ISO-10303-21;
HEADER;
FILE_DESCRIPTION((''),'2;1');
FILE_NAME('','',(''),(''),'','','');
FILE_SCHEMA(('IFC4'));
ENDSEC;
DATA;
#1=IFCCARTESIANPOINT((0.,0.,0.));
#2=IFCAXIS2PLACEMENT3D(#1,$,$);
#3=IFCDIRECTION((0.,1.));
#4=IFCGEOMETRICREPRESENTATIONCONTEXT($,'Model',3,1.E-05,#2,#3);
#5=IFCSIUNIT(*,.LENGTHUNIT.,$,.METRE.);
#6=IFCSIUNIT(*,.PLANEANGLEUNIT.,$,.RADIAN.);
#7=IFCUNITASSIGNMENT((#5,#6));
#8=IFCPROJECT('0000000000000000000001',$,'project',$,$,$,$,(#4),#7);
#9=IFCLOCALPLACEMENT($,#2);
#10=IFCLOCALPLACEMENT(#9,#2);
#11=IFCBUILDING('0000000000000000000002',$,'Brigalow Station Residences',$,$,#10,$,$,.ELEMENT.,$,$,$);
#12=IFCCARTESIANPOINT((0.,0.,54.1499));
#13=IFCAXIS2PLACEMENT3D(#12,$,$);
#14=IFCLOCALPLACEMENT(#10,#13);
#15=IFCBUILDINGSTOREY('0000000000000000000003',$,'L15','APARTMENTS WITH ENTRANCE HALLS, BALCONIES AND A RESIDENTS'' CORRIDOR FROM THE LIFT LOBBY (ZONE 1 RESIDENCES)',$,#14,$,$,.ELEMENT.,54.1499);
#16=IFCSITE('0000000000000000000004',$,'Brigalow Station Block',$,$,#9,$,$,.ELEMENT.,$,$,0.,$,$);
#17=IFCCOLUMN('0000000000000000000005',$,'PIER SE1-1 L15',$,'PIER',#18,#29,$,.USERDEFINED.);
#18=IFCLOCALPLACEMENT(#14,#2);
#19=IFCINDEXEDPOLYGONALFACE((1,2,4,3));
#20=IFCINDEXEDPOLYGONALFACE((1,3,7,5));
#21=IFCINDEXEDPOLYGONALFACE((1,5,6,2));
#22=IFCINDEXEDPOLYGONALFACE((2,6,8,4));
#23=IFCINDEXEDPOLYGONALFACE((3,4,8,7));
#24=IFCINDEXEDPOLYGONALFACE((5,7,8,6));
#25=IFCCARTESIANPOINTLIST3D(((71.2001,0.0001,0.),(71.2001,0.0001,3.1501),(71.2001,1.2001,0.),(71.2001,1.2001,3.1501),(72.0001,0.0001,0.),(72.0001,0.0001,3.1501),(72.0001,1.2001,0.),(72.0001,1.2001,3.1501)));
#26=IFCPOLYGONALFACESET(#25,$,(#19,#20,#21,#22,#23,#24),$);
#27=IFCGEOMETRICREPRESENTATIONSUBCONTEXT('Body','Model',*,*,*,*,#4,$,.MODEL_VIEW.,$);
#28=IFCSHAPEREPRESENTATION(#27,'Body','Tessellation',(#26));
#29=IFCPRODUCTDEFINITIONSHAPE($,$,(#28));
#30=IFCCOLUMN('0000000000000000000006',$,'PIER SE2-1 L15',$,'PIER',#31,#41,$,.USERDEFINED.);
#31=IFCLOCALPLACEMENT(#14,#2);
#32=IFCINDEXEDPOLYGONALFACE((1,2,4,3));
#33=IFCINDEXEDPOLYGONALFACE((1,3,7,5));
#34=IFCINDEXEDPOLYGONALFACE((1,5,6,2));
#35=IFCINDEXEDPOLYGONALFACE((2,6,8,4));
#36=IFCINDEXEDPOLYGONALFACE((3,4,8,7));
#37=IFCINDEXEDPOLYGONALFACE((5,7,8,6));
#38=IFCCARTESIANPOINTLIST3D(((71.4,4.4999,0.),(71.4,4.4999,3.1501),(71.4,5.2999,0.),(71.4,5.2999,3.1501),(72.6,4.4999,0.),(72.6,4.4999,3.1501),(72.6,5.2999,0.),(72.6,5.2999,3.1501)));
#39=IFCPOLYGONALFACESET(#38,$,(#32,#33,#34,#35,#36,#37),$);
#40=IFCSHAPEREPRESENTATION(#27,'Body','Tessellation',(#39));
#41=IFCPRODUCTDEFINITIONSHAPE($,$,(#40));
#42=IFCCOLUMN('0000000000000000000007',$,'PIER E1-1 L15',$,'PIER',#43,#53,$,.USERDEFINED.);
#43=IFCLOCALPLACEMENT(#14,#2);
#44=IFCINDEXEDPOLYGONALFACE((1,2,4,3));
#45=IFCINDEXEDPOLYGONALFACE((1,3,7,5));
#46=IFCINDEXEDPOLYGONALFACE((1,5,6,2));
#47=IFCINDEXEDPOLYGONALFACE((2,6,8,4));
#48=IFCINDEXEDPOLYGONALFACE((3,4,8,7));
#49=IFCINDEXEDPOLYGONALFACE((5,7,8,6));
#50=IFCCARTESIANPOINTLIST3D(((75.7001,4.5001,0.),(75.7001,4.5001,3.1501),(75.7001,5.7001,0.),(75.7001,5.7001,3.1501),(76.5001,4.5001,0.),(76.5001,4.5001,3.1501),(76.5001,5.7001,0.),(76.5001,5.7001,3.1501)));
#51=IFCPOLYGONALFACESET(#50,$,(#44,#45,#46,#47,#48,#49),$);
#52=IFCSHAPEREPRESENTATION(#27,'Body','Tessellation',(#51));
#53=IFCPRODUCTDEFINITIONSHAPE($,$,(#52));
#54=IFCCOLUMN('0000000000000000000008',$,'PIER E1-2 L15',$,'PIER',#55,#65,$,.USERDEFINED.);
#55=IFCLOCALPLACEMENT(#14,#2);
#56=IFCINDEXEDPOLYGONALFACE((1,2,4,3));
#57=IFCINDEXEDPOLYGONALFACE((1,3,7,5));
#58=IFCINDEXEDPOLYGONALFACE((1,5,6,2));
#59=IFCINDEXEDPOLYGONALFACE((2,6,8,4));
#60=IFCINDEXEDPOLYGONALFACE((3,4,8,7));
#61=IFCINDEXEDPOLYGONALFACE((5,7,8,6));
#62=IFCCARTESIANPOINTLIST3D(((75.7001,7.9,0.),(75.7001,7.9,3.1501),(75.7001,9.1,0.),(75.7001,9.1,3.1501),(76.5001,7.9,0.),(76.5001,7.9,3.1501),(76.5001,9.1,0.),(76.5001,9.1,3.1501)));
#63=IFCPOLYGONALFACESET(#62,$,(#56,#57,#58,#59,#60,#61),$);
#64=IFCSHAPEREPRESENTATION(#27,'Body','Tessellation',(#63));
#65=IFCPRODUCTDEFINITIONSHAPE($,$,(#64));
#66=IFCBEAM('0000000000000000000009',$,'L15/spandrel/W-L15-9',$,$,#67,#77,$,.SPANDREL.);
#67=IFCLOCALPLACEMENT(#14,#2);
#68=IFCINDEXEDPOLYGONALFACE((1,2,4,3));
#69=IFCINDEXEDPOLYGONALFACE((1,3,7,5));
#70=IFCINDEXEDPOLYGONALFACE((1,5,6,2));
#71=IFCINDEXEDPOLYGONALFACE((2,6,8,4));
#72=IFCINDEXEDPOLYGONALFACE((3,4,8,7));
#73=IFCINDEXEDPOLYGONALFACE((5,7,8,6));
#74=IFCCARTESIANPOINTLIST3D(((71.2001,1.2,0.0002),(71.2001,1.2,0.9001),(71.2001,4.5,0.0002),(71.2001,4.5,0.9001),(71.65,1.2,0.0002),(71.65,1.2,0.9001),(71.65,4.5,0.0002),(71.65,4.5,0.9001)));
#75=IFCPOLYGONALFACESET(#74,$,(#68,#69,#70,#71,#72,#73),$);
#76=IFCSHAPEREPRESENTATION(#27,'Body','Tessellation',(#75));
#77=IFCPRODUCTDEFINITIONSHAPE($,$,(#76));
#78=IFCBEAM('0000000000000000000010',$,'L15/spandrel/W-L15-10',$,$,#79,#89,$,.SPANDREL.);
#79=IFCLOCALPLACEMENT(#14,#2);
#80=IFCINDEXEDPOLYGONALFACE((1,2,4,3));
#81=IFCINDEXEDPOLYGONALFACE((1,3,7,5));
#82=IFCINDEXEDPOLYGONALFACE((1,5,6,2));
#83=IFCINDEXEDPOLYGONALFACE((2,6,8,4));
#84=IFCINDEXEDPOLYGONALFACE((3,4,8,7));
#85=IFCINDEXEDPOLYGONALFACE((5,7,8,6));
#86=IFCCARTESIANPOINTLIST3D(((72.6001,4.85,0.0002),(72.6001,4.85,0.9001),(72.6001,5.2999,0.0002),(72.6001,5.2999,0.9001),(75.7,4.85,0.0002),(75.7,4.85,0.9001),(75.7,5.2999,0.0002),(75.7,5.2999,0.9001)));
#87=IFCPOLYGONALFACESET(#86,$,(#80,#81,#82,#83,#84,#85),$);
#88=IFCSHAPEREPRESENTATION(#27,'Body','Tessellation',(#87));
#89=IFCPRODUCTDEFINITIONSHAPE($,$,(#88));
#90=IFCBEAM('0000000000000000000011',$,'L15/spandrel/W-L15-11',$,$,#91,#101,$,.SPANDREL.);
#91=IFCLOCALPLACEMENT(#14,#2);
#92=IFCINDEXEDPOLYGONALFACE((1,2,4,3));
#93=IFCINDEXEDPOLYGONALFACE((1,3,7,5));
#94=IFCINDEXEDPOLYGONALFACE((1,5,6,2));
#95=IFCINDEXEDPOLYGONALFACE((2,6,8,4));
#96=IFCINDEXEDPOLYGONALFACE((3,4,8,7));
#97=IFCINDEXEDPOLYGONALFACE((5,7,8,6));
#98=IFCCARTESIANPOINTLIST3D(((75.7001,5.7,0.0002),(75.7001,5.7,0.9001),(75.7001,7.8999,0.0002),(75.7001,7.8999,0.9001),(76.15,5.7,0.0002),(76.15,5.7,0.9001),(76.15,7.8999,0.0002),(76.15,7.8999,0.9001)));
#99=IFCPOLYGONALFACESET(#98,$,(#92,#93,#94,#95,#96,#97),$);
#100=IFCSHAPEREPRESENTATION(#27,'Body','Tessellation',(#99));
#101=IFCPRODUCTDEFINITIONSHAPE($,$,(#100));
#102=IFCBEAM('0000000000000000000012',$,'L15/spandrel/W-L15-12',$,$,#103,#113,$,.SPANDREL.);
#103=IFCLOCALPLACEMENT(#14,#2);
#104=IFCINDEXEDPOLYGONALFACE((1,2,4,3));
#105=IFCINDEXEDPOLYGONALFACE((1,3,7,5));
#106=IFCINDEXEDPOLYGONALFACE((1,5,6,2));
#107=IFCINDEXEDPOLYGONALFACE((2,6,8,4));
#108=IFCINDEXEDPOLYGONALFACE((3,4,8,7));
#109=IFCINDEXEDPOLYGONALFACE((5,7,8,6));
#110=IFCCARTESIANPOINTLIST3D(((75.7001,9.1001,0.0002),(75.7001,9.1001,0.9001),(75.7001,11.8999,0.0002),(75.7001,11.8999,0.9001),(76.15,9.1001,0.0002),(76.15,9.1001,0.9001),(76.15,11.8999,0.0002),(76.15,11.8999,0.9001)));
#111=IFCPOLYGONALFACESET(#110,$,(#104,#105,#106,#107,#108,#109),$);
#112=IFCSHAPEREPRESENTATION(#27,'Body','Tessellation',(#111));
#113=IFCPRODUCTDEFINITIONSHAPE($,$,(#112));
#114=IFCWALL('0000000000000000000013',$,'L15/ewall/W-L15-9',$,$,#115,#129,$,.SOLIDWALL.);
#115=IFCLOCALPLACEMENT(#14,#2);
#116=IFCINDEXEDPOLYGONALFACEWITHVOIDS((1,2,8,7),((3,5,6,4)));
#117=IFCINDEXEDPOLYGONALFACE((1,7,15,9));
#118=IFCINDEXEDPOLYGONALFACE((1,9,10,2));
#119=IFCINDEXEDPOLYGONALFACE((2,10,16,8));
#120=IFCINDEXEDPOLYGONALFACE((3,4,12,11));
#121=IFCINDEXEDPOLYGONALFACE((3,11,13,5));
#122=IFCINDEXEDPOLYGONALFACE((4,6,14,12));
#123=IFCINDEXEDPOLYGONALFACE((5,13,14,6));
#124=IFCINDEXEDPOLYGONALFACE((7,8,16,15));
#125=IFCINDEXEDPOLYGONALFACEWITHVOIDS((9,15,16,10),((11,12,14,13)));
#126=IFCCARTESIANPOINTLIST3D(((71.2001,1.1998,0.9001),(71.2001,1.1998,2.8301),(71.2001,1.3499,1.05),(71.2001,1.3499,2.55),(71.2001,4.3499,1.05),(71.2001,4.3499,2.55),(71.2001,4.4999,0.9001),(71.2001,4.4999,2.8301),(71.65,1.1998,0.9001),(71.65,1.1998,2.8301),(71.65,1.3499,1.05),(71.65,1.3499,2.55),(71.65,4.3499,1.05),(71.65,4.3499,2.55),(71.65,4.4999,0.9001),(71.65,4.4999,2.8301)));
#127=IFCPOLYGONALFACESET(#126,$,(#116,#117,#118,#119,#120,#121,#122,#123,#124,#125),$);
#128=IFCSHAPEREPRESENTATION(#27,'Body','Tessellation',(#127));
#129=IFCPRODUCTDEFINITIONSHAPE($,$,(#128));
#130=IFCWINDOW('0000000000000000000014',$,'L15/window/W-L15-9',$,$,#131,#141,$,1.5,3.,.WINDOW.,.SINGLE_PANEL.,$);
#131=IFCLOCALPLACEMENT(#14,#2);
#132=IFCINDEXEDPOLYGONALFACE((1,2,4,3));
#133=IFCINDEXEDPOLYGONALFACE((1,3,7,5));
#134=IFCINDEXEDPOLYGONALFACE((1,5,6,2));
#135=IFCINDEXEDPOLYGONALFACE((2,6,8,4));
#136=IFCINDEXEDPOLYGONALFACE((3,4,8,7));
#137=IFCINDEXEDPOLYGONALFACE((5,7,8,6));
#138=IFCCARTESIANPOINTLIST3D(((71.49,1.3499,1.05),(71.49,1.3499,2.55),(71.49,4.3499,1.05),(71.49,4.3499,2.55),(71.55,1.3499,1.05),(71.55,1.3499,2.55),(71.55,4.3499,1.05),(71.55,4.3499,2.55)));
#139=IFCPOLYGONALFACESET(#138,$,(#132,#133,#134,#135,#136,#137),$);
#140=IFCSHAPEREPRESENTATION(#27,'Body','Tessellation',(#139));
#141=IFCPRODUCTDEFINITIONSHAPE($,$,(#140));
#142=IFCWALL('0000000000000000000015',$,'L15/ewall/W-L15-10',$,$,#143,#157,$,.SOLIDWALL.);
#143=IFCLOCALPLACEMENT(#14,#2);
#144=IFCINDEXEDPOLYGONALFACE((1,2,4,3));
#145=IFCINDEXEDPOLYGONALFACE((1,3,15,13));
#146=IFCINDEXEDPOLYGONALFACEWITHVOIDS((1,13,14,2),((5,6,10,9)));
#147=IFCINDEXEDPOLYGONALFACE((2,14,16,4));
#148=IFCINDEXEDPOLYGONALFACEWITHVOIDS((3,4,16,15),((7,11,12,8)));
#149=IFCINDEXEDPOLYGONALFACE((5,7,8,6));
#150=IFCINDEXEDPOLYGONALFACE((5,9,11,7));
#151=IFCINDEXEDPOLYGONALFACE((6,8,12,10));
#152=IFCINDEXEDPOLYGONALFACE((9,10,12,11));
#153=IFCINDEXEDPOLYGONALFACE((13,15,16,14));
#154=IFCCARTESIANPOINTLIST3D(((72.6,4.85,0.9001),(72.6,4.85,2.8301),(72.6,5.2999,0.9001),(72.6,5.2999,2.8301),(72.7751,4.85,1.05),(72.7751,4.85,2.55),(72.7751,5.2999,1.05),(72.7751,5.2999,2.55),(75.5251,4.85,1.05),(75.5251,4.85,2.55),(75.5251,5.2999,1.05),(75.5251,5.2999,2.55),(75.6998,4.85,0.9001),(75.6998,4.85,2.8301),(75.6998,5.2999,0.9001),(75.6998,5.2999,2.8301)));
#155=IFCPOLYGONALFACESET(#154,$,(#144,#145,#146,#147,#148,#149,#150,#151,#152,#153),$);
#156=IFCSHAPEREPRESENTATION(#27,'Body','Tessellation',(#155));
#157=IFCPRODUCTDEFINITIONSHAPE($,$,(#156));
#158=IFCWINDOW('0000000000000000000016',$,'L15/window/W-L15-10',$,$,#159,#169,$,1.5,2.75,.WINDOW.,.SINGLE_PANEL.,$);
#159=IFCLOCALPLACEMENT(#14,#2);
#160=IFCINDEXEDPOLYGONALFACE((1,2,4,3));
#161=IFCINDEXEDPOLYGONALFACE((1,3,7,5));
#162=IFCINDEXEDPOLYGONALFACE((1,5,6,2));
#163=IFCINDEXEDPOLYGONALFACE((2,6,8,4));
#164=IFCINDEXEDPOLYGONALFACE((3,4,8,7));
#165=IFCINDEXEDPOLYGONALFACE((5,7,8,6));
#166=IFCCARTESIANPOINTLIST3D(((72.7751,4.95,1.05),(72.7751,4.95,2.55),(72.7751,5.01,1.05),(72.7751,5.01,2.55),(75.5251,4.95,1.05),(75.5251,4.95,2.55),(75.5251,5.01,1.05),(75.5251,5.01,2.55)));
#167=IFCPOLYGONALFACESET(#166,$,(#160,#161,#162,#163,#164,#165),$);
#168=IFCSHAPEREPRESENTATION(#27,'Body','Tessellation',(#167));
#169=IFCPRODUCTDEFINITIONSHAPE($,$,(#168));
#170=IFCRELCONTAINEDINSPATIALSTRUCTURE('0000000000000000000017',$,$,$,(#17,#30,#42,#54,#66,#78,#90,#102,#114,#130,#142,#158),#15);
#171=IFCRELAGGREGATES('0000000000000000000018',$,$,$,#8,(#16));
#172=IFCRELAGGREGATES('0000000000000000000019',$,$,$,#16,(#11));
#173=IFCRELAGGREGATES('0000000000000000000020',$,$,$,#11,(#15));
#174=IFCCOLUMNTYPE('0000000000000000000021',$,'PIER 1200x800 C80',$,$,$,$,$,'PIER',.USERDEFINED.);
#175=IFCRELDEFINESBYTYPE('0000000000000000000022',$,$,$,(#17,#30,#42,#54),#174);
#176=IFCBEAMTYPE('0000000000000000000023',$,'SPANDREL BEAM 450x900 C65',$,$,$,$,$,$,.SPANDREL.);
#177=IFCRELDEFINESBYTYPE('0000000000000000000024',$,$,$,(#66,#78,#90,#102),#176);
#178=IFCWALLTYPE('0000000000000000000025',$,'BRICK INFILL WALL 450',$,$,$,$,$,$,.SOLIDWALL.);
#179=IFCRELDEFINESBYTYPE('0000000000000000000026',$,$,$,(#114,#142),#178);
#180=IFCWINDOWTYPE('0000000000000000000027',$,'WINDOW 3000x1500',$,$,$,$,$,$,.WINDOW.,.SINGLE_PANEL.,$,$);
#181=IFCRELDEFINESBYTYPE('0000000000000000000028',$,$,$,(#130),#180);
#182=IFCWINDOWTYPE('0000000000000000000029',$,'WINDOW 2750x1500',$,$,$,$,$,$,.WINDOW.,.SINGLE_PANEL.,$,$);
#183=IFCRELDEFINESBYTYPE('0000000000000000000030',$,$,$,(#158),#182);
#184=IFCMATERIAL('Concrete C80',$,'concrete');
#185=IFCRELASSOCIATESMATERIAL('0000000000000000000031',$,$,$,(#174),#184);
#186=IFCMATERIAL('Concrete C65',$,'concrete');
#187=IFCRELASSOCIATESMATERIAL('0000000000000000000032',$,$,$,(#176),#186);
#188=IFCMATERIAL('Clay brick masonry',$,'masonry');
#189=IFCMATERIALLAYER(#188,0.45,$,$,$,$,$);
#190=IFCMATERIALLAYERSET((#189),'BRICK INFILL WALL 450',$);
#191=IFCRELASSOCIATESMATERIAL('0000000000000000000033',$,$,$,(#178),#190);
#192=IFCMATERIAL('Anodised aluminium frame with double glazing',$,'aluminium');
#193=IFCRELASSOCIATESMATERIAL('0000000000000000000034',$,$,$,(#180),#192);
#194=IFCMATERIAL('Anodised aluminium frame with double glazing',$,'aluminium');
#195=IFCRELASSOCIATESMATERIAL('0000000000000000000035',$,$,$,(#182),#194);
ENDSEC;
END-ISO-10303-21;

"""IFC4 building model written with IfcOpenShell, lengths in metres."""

from ifc_helpers import new_model, si_unit, direction, frame, frame_2d, origin, origin_2d, place, context, subcontext, project, spatial, rectangle, extrude, material, layer, layer_set, material_profile, profile_set, type_object, element, fill, save


model = new_model("IFC4")

# Units and contexts
model_context = context("Model", 3, precision=1e-05, world=origin(), true_north=direction((0.0, 1.0)))
body_context = subcontext(model_context, "Body", "Model", "MODEL_VIEW")
ifc_project = project(units=[si_unit("LENGTHUNIT", "METRE"), si_unit("PLANEANGLEUNIT", "RADIAN")], contexts=[model_context])

# Site, building, storey
site_placement = place(None, origin())
site = spatial("IfcSite", under=ifc_project, at=site_placement, Name="Brigalow Station Block", CompositionType="ELEMENT", RefElevation=0.0)
building_placement = place(site_placement, origin())
building = spatial("IfcBuilding", under=site, at=building_placement, Name="Brigalow Station Residences", CompositionType="ELEMENT")
storey_placement = place(building_placement, frame((0.0, 0.0, 54.1499)))
storey = spatial("IfcBuildingStorey", under=building, at=storey_placement, Name="L15", Description="APARTMENTS WITH ENTRANCE HALLS, BALCONIES AND A RESIDENTS' CORRIDOR FROM THE LIFT LOBBY (ZONE 1 RESIDENCES)", CompositionType="ELEMENT", Elevation=54.1499)

# Columns
ifc_material_1 = material(Name="Concrete C80", Category="concrete")
ifc_material_profile_1 = material_profile(ifc_material_1, rectangle(XDim=1.2, YDim=0.8, at=origin_2d()), Name="RC1200x800")
ifc_profile_set_1 = profile_set([ifc_material_profile_1], Name="Concrete C80")
column_type = type_object("IfcColumnType", Name="PIER 1200x800 C80", ElementType="PIER", PredefinedType="USERDEFINED", material=ifc_profile_set_1)
for number, where, z_axis, x_axis, name in (
    (1, (71.6001, 0.6001, 0.0), (0.0, 0.0, 1.0), (0.0, 1.0, 0.0), "PIER SE1-1 L15"),
    (2, (72.0, 4.8999, 0.0), (0.0, 0.0, 1.0), (1.0, 0.0, 0.0), "PIER SE2-1 L15"),
    (3, (76.1001, 5.1001, 0.0), (0.0, 0.0, 1.0), (0.0, 1.0, 0.0), "PIER E1-1 L15"),
    (4, (76.1001, 8.5, 0.0), (0.0, 0.0, 1.0), (0.0, 1.0, 0.0), "PIER E1-2 L15"),
):
    element("IfcColumn", number, at=place(storey_placement, frame(where, z_axis=z_axis, x_axis=x_axis)), inside=storey, type_object=column_type, Name=name, ObjectType="PIER", PredefinedType="USERDEFINED", context=body_context, shape_type="SweptSolid", body=[
        extrude(rectangle(XDim=1.2, YDim=0.8, at=origin_2d()), origin(), (0.0, 0.0, 1.0), 3.1501),
    ])

# Beams
ifc_material_2 = material(Name="Concrete C65", Category="concrete")
ifc_material_profile_2 = material_profile(ifc_material_2, rectangle(XDim=0.45, YDim=0.8999, at=origin_2d()), Name="RC450x900")
ifc_profile_set_2 = profile_set([ifc_material_profile_2], Name="Concrete C65")
beam_type = type_object("IfcBeamType", Name="SPANDREL BEAM 450x900 C65", PredefinedType="SPANDREL", material=ifc_profile_set_2)
beam_1_placement = place(storey_placement, frame((71.425, 1.2, 0.4502), z_axis=(0.0, 1.0, 0.0), x_axis=(-1.0, 0.0, 0.0)))
element("IfcBeam", 5, at=beam_1_placement, inside=storey, type_object=beam_type, Name="L15/spandrel/W-L15-9", PredefinedType="SPANDREL", context=body_context, shape_type="SweptSolid", body=[
    extrude(rectangle(XDim=0.45, YDim=0.8999, at=origin_2d()), origin(), (0.0, 0.0, 1.0), 3.3),
])
beam_2_placement = place(storey_placement, frame((72.6001, 5.075, 0.4502), z_axis=(1.0, 0.0, 0.0), x_axis=(0.0, 1.0, 0.0)))
element("IfcBeam", 6, at=beam_2_placement, inside=storey, type_object=beam_type, Name="L15/spandrel/W-L15-10", PredefinedType="SPANDREL", context=body_context, shape_type="SweptSolid", body=[
    extrude(rectangle(XDim=0.45, YDim=0.8999, at=origin_2d()), origin(), (0.0, 0.0, 1.0), 3.0999),
])
beam_3_placement = place(storey_placement, frame((75.925, 5.7, 0.4502), z_axis=(0.0, 1.0, 0.0), x_axis=(-1.0, 0.0, 0.0)))
element("IfcBeam", 7, at=beam_3_placement, inside=storey, type_object=beam_type, Name="L15/spandrel/W-L15-11", PredefinedType="SPANDREL", context=body_context, shape_type="SweptSolid", body=[
    extrude(rectangle(XDim=0.45, YDim=0.8999, at=origin_2d()), origin(), (0.0, 0.0, 1.0), 2.2),
])
beam_4_placement = place(storey_placement, frame((75.925, 9.1001, 0.4502), z_axis=(0.0, 1.0, 0.0), x_axis=(-1.0, 0.0, 0.0)))
element("IfcBeam", 8, at=beam_4_placement, inside=storey, type_object=beam_type, Name="L15/spandrel/W-L15-12", PredefinedType="SPANDREL", context=body_context, shape_type="SweptSolid", body=[
    extrude(rectangle(XDim=0.45, YDim=0.8999, at=origin_2d()), origin(), (0.0, 0.0, 1.0), 2.7998),
])

# Walls, openings, windows
ifc_material_3 = material(Name="Clay brick masonry", Category="masonry")
ifc_layer_1 = layer(ifc_material_3, 0.45)
ifc_layer_set_1 = layer_set([ifc_layer_1], Name="BRICK INFILL WALL 450")
wall_type_1 = type_object("IfcWallType", Name="BRICK INFILL WALL 450", PredefinedType="SOLIDWALL", material=ifc_layer_set_1)
wall_1_placement = place(storey_placement, frame((71.425, 1.2, 0.9001), z_axis=(0.0, 0.0, 1.0), x_axis=(0.0, 1.0, 0.0)))
wall_1 = element("IfcWall", 9, at=wall_1_placement, inside=storey, type_object=wall_type_1, Name="L15/ewall/W-L15-9", PredefinedType="SOLIDWALL", context=body_context, shape_type="SweptSolid", body=[
    extrude(rectangle(XDim=3.3, YDim=0.45, at=frame_2d((1.6499, 0.0))), origin(), (0.0, 0.0, 1.0), 1.9299),
])
opening_1_placement = place(wall_1_placement, frame((0.1499, 0.0, 0.1499)))
opening_1 = element("IfcOpeningElement", 10, at=opening_1_placement, cuts=wall_1, PredefinedType="OPENING", context=body_context, shape_type="SweptSolid", body=[
    extrude(rectangle(XDim=3.0, YDim=1.5, at=frame_2d((1.5, 0.75))), frame((0.0, 0.2349, 0.0), z_axis=(0.0, -1.0, 0.0), x_axis=(1.0, 0.0, 0.0)), (0.0, 0.0, 1.0), 0.47),
])
ifc_material_4 = material(Name="Anodised aluminium frame with double glazing", Category="aluminium")
window_type_1 = type_object("IfcWindowType", Name="WINDOW 3000x1500", PartitioningType="SINGLE_PANEL", PredefinedType="WINDOW", material=ifc_material_4)
window_1_placement = place(opening_1_placement, origin())
window_1 = element("IfcWindow", 11, at=window_1_placement, inside=storey, type_object=window_type_1, Name="L15/window/W-L15-9", OverallHeight=1.5, OverallWidth=3.0, PartitioningType="SINGLE_PANEL", PredefinedType="WINDOW", context=body_context, shape_type="SweptSolid", body=[
    extrude(rectangle(XDim=3.0, YDim=1.5, at=frame_2d((1.5, 0.75))), frame((0.0, -0.0649, 0.0), z_axis=(0.0, -1.0, 0.0), x_axis=(1.0, 0.0, 0.0)), (0.0, 0.0, 1.0), 0.0601),
])
fill(opening_1, window_1)
wall_2_placement = place(storey_placement, frame((72.6001, 5.075, 0.9001), z_axis=(0.0, 0.0, 1.0), x_axis=(1.0, 0.0, 0.0)))
wall_2 = element("IfcWall", 12, at=wall_2_placement, inside=storey, type_object=wall_type_1, Name="L15/ewall/W-L15-10", PredefinedType="SOLIDWALL", context=body_context, shape_type="SweptSolid", body=[
    extrude(rectangle(XDim=3.0999, YDim=0.45, at=frame_2d((1.5498, 0.0))), origin(), (0.0, 0.0, 1.0), 1.9299),
])
opening_2_placement = place(wall_2_placement, frame((0.175, 0.0, 0.1499)))
opening_2 = element("IfcOpeningElement", 13, at=opening_2_placement, cuts=wall_2, PredefinedType="OPENING", context=body_context, shape_type="SweptSolid", body=[
    extrude(rectangle(XDim=2.75, YDim=1.5, at=frame_2d((1.375, 0.75))), frame((0.0, 0.2349, 0.0), z_axis=(0.0, -1.0, 0.0), x_axis=(1.0, 0.0, 0.0)), (0.0, 0.0, 1.0), 0.47),
])
ifc_material_5 = material(Name="Anodised aluminium frame with double glazing", Category="aluminium")
window_type_2 = type_object("IfcWindowType", Name="WINDOW 2750x1500", PartitioningType="SINGLE_PANEL", PredefinedType="WINDOW", material=ifc_material_5)
window_2_placement = place(opening_2_placement, origin())
window_2 = element("IfcWindow", 14, at=window_2_placement, inside=storey, type_object=window_type_2, Name="L15/window/W-L15-10", OverallHeight=1.5, OverallWidth=2.75, PartitioningType="SINGLE_PANEL", PredefinedType="WINDOW", context=body_context, shape_type="SweptSolid", body=[
    extrude(rectangle(XDim=2.75, YDim=1.5, at=frame_2d((1.375, 0.75))), frame((0.0, -0.0649, 0.0), z_axis=(0.0, -1.0, 0.0), x_axis=(1.0, 0.0, 0.0)), (0.0, 0.0, 1.0), 0.0601),
])
fill(opening_2, window_2)

save(model, "model.ifc")
